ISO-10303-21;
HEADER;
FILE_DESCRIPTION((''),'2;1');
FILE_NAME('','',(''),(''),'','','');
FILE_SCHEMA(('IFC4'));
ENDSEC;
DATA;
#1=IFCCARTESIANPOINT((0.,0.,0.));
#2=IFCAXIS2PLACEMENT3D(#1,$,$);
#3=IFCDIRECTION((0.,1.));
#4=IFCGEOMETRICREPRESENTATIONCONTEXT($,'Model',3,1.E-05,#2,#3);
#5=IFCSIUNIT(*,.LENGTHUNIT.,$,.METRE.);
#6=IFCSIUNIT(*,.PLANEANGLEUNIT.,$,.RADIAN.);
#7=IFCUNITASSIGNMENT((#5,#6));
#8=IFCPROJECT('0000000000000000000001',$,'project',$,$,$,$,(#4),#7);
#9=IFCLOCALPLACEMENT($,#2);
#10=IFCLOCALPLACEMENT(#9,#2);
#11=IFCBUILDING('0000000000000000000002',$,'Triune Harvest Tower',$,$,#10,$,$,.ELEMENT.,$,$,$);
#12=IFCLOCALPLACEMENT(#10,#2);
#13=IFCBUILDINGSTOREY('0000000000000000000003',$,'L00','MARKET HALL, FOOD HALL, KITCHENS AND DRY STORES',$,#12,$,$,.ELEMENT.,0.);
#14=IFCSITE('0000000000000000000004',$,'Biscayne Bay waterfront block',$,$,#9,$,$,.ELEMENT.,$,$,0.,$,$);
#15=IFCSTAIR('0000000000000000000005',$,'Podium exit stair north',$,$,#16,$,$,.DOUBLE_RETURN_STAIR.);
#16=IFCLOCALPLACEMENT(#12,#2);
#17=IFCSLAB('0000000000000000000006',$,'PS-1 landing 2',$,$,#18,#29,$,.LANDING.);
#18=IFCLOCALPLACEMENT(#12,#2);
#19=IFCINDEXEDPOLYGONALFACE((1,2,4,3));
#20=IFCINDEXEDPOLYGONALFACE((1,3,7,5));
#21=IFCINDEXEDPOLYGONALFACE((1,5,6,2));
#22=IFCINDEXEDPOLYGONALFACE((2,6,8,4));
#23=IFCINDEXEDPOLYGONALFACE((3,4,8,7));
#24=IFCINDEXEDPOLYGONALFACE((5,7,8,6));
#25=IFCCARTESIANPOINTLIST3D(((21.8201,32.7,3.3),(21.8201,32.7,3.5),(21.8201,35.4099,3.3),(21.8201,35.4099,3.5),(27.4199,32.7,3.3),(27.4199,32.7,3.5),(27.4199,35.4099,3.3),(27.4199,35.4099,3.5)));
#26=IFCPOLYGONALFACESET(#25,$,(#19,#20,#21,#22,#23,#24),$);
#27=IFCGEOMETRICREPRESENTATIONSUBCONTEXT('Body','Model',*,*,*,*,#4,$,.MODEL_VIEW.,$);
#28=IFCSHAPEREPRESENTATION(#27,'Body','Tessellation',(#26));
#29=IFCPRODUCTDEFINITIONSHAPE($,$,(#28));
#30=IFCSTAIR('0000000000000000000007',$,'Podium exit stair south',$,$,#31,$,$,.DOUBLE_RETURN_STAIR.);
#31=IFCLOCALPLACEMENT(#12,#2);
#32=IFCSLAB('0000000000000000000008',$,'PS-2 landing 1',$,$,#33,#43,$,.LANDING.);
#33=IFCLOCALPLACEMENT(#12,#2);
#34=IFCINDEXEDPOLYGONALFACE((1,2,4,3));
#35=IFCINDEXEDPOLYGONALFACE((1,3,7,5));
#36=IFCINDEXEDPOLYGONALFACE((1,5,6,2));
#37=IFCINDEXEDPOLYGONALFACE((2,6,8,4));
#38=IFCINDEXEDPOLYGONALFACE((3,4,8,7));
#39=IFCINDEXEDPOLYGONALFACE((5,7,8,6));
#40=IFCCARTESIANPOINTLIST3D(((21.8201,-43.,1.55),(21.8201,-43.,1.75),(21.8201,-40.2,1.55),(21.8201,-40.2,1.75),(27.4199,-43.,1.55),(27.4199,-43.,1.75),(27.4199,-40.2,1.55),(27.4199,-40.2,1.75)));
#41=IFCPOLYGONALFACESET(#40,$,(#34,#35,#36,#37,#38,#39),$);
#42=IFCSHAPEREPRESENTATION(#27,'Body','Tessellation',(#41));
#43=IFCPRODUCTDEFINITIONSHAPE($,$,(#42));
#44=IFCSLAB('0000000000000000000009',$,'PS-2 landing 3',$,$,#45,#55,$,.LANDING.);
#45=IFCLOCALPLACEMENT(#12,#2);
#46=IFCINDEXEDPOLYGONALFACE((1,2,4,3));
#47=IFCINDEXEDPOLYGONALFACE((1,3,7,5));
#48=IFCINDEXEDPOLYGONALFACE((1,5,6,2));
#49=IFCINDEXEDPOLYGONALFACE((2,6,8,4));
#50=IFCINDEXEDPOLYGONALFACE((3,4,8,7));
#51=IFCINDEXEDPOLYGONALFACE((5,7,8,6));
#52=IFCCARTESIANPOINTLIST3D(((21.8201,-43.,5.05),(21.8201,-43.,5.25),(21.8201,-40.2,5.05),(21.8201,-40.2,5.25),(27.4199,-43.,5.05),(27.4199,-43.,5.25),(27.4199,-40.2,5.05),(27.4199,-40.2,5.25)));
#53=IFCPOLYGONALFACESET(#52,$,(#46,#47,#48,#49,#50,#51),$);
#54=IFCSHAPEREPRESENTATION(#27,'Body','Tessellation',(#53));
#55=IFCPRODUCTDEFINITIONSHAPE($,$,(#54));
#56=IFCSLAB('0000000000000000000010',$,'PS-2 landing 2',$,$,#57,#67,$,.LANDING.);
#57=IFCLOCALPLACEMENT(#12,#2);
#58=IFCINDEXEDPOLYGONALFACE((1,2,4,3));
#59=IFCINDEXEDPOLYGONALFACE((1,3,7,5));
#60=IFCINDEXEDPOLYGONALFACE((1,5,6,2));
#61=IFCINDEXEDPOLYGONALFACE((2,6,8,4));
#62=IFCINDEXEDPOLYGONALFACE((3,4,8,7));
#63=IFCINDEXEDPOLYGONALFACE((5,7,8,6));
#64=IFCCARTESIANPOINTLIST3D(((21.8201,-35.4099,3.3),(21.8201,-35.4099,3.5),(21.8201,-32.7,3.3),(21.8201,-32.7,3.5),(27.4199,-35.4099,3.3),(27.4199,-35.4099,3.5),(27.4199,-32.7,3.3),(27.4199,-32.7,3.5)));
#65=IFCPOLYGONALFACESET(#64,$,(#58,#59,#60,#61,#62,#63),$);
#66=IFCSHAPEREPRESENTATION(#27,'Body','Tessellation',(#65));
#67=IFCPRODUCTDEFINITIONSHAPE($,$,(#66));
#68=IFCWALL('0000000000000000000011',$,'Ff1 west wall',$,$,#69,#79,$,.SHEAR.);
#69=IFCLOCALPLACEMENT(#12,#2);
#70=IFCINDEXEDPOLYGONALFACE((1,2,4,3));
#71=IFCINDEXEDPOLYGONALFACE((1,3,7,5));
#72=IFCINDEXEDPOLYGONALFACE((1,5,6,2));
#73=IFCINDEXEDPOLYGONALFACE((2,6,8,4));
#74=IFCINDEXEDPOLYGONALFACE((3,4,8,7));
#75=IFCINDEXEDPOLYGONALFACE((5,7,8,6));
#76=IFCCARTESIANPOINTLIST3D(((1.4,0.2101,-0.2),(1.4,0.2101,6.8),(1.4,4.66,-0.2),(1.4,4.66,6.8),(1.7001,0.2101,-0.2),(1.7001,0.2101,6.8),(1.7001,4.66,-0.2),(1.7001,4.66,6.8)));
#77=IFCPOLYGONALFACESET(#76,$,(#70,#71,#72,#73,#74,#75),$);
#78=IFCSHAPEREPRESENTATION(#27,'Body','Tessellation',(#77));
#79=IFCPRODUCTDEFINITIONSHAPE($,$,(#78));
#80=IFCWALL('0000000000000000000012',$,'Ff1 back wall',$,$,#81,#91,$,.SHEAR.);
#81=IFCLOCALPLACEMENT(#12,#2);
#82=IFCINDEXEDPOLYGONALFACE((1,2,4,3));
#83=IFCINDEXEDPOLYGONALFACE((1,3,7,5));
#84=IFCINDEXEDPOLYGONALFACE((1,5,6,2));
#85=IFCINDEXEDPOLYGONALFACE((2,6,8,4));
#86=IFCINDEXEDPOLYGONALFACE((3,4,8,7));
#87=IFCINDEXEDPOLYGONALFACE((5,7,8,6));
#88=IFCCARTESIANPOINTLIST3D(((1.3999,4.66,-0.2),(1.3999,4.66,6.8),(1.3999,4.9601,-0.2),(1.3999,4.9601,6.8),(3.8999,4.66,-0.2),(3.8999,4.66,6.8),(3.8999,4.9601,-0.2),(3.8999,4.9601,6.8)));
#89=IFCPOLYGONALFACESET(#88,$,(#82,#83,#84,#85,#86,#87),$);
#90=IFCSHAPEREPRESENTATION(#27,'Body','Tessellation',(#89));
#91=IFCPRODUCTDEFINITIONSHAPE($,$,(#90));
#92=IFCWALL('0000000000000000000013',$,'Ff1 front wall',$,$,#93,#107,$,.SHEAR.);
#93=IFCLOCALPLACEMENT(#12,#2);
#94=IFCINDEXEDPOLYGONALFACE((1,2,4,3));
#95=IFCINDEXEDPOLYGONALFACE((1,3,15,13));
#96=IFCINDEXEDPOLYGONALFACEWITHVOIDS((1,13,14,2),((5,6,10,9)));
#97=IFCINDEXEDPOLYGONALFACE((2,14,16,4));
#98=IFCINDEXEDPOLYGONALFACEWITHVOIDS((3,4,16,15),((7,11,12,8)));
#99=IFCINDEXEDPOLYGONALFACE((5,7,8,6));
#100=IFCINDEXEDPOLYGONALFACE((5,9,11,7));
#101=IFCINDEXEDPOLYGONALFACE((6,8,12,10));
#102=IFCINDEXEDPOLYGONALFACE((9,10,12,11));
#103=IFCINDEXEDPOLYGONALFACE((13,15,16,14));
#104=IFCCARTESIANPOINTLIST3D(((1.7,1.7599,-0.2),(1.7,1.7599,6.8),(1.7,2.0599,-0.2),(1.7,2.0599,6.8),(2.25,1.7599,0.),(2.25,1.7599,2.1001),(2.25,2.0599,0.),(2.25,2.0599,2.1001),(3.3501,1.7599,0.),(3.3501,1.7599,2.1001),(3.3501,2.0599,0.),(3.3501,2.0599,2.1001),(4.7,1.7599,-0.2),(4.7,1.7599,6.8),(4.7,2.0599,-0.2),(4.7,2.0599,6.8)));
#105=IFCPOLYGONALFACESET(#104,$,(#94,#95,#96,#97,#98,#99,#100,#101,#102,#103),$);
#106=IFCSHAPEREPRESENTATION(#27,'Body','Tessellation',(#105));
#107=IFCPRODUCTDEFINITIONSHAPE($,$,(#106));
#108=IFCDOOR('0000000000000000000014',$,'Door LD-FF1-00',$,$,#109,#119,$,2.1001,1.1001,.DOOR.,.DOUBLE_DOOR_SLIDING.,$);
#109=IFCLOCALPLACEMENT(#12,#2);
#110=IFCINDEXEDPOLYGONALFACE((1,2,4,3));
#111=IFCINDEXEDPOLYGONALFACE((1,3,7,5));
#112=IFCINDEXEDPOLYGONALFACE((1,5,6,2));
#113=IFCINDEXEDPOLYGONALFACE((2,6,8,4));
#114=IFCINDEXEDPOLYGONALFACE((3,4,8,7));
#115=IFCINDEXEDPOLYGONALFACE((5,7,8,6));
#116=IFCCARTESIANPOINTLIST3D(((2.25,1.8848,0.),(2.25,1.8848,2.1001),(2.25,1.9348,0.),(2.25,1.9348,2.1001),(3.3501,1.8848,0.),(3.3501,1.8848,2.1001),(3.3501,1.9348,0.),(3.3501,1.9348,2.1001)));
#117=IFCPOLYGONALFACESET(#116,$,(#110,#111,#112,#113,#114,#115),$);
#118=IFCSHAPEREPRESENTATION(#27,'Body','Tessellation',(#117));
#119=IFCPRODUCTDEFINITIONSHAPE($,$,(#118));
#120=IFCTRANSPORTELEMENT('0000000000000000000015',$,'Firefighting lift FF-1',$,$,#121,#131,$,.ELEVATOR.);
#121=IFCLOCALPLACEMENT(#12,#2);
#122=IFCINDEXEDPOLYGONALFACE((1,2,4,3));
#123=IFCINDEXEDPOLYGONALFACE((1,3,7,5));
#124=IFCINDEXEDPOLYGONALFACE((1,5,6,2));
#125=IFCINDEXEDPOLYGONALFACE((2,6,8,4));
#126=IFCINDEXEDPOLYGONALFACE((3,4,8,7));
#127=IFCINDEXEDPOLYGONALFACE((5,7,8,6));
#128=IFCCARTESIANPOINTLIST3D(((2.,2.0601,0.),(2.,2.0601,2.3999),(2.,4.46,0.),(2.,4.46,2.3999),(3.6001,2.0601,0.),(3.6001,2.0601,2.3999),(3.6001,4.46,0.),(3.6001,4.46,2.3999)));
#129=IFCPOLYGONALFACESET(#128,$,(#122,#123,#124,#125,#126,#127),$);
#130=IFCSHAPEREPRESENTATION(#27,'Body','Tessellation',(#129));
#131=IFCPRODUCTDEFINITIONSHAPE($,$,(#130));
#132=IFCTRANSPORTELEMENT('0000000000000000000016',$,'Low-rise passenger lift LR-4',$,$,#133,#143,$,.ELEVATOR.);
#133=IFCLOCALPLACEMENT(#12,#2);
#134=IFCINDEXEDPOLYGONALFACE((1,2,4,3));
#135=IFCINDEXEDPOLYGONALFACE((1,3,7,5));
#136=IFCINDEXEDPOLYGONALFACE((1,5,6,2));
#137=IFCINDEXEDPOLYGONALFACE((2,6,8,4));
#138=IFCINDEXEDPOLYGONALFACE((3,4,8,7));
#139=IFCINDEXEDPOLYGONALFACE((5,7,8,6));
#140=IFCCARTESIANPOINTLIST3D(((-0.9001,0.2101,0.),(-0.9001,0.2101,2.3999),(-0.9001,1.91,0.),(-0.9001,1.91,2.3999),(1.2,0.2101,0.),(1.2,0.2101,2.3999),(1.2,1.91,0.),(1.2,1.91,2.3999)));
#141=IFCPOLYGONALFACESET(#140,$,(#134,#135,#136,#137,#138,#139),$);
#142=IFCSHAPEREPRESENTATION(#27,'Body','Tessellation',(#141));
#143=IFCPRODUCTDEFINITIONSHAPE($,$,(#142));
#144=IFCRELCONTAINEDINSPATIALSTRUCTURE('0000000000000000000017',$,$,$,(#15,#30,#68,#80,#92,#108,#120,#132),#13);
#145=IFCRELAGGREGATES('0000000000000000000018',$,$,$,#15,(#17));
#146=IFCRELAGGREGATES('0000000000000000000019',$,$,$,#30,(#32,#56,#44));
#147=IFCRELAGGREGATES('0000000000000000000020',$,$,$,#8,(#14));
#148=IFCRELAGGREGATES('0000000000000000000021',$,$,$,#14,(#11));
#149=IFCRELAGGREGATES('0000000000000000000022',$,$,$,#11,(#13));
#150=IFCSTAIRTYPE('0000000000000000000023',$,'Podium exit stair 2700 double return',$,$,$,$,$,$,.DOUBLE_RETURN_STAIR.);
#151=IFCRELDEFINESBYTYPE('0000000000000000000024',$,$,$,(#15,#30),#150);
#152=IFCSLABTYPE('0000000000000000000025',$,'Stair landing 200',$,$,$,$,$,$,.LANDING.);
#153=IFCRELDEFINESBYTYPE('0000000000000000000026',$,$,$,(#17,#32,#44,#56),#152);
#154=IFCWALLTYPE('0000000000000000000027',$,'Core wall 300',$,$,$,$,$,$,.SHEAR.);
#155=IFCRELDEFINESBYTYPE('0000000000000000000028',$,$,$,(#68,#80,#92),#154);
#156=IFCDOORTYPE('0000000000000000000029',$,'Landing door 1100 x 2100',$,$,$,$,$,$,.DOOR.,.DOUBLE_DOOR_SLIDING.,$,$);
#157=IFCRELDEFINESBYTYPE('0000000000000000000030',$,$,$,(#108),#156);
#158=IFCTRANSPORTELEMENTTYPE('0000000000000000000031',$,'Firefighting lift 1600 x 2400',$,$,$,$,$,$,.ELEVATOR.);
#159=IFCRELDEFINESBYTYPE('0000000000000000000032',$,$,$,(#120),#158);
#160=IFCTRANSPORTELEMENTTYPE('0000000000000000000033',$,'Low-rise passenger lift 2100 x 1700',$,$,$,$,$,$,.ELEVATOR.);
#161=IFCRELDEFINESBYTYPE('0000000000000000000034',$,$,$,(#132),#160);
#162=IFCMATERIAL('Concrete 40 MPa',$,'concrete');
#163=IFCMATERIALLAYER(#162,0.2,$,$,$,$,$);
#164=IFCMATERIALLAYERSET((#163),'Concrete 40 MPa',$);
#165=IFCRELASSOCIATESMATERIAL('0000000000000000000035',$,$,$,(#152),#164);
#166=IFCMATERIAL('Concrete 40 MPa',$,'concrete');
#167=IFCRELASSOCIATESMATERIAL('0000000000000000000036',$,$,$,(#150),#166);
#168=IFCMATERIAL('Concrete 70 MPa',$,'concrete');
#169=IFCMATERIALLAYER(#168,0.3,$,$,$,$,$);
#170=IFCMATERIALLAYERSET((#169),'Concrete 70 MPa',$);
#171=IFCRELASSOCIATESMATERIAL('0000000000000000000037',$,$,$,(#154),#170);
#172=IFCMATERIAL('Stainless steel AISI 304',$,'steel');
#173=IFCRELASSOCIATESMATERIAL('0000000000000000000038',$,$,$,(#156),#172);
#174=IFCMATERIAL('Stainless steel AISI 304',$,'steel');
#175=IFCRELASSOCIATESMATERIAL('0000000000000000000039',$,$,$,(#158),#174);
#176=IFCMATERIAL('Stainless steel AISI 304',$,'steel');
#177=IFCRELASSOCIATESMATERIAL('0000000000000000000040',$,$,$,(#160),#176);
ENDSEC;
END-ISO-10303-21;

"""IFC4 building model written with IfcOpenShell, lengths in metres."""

from ifc_helpers import new_model, si_unit, direction, frame, frame_2d, origin, origin_2d, place, context, subcontext, project, spatial, polyline, rectangle, outline, extrude, source, transform, mapped, material, layer, layer_set, type_object, element, fill, aggregate, save


model = new_model("IFC4")

# Units and contexts
model_context = context("Model", 3, precision=1e-05, world=origin(), true_north=direction((0.0, 1.0)))
body_context = subcontext(model_context, "Body", "Model", "MODEL_VIEW")
ifc_project = project(units=[si_unit("LENGTHUNIT", "METRE"), si_unit("PLANEANGLEUNIT", "RADIAN")], contexts=[model_context])

# Site, building, storey
site_placement = place(None, origin())
site = spatial("IfcSite", under=ifc_project, at=site_placement, Name="Biscayne Bay waterfront block", CompositionType="ELEMENT", RefElevation=0.0)
building_placement = place(site_placement, origin())
building = spatial("IfcBuilding", under=site, at=building_placement, Name="Triune Harvest Tower", CompositionType="ELEMENT")
storey_placement = place(building_placement, origin())
storey = spatial("IfcBuildingStorey", under=building, at=storey_placement, Name="L00", Description="MARKET HALL, FOOD HALL, KITCHENS AND DRY STORES", CompositionType="ELEMENT", Elevation=0.0)

# Stairs, slabs
ifc_material_1 = material(Name="Concrete 40 MPa", Category="concrete")
ifc_layer_1 = layer(ifc_material_1, 0.2)
ifc_layer_set_1 = layer_set([ifc_layer_1], Name="Concrete 40 MPa")
slab_type_1 = type_object("IfcSlabType", Name="Stair landing 200", PredefinedType="LANDING", material=ifc_layer_set_1)
ifc_material_2 = material(Name="Concrete 40 MPa", Category="concrete")
stair_type_1 = type_object("IfcStairType", Name="Podium exit stair 2700 double return", PredefinedType="DOUBLE_RETURN_STAIR", material=ifc_material_2)
stair_1_placement = place(storey_placement, origin())
stair_1 = element("IfcStair", 1, at=stair_1_placement, inside=storey, type_object=stair_type_1, Name="Podium exit stair north", PredefinedType="DOUBLE_RETURN_STAIR")
shared_shape_1 = source(origin(), body_context, "Body", "SweptSolid", [
    extrude(outline(polyline([(27.4199, 32.7), (27.4199, 35.4099), (21.8201, 35.4099), (21.8201, 32.7), (27.4199, 32.7)])), origin(), (0.0, 0.0, 1.0), 0.2),
])
slab_1_placement = place(storey_placement, frame((0.0, 0.0, 3.3)))
slab_1 = element("IfcSlab", 2, at=slab_1_placement, type_object=slab_type_1, Name="PS-1 landing 2", PredefinedType="LANDING", context=body_context, shape_type="MappedRepresentation", body=[
    mapped(shared_shape_1, transform((0.0, 0.0, 0.0), scale=1.0)),
])
aggregate(stair_1, [slab_1])
stair_2_placement = place(storey_placement, origin())
stair_2 = element("IfcStair", 3, at=stair_2_placement, inside=storey, type_object=stair_type_1, Name="Podium exit stair south", PredefinedType="DOUBLE_RETURN_STAIR")
shared_shape_2 = source(origin(), body_context, "Body", "SweptSolid", [
    extrude(outline(polyline([(21.8201, -40.2), (21.8201, -43.0), (27.4199, -43.0), (27.4199, -40.2), (21.8201, -40.2)])), origin(), (0.0, 0.0, 1.0), 0.2),
])
slab_2_placement = place(storey_placement, frame((0.0, 0.0, 1.55)))
slab_2 = element("IfcSlab", 4, at=slab_2_placement, type_object=slab_type_1, Name="PS-2 landing 1", PredefinedType="LANDING", context=body_context, shape_type="MappedRepresentation", body=[
    mapped(shared_shape_2, transform((0.0, 0.0, 0.0), scale=1.0)),
])
slab_3_placement = place(storey_placement, frame((0.0, 0.0, 5.05)))
slab_3 = element("IfcSlab", 5, at=slab_3_placement, type_object=slab_type_1, Name="PS-2 landing 3", PredefinedType="LANDING", context=body_context, shape_type="MappedRepresentation", body=[
    mapped(shared_shape_2, transform((0.0, 0.0, 0.0), scale=1.0)),
])
shared_shape_3 = source(origin(), body_context, "Body", "SweptSolid", [
    extrude(outline(polyline([(21.8201, -32.7), (21.8201, -35.4099), (27.4199, -35.4099), (27.4199, -32.7), (21.8201, -32.7)])), origin(), (0.0, 0.0, 1.0), 0.2),
])
slab_4_placement = place(storey_placement, frame((0.0, 0.0, 3.3)))
slab_4 = element("IfcSlab", 6, at=slab_4_placement, type_object=slab_type_1, Name="PS-2 landing 2", PredefinedType="LANDING", context=body_context, shape_type="MappedRepresentation", body=[
    mapped(shared_shape_3, transform((0.0, 0.0, 0.0), scale=1.0)),
])
aggregate(stair_2, [slab_2, slab_4, slab_3])

# Walls
ifc_material_3 = material(Name="Concrete 70 MPa", Category="concrete")
ifc_layer_2 = layer(ifc_material_3, 0.3)
ifc_layer_set_2 = layer_set([ifc_layer_2], Name="Concrete 70 MPa")
wall_type = type_object("IfcWallType", Name="Core wall 300", PredefinedType="SHEAR", material=ifc_layer_set_2)
wall_1_placement = place(storey_placement, frame((1.55, 0.21, -0.2), z_axis=(0.0, 0.0, 1.0), x_axis=(0.0, 1.0, 0.0)))
element("IfcWall", 7, at=wall_1_placement, inside=storey, type_object=wall_type, Name="Ff1 west wall", PredefinedType="SHEAR", context=body_context, shape_type="SweptSolid", body=[
    extrude(rectangle(XDim=4.45, YDim=0.3, at=frame_2d((2.2251, 0.0))), origin(), (0.0, 0.0, 1.0), 7.0),
])
shared_shape_4 = source(origin(), body_context, "Body", "SweptSolid", [
    extrude(rectangle(XDim=2.5, YDim=0.3, at=frame_2d((1.25, 0.0))), origin(), (0.0, 0.0, 1.0), 7.0),
])
wall_2_placement = place(storey_placement, frame((1.3999, 4.8101, -0.2), z_axis=(0.0, 0.0, 1.0), x_axis=(1.0, 0.0, 0.0)))
element("IfcWall", 8, at=wall_2_placement, inside=storey, type_object=wall_type, Name="Ff1 back wall", PredefinedType="SHEAR", context=body_context, shape_type="MappedRepresentation", body=[
    mapped(shared_shape_4, transform((0.0, 0.0, 0.0), scale=1.0)),
])

# Wall, opening, door
shared_shape_5 = source(origin(), body_context, "Body", "SweptSolid", [
    extrude(rectangle(XDim=3.0, YDim=0.3, at=frame_2d((1.5, 0.0))), origin(), (0.0, 0.0, 1.0), 7.0),
])
wall_3_placement = place(storey_placement, frame((1.7, 1.9099, -0.2), z_axis=(0.0, 0.0, 1.0), x_axis=(1.0, 0.0, 0.0)))
wall_3 = element("IfcWall", 9, at=wall_3_placement, inside=storey, type_object=wall_type, Name="Ff1 front wall", PredefinedType="SHEAR", context=body_context, shape_type="MappedRepresentation", body=[
    mapped(shared_shape_5, transform((0.0, 0.0, 0.0), scale=1.0)),
])
opening_placement = place(wall_3_placement, frame((0.55, 0.0, 0.2)))
opening = element("IfcOpeningElement", 10, at=opening_placement, cuts=wall_3, PredefinedType="OPENING", context=body_context, shape_type="SweptSolid", body=[
    extrude(rectangle(XDim=1.1001, YDim=2.1001, at=frame_2d((0.55, 1.05))), frame((0.0, 0.1602, 0.0), z_axis=(0.0, -1.0, 0.0), x_axis=(1.0, 0.0, 0.0)), (0.0, 0.0, 1.0), 0.3201),
])
ifc_material_4 = material(Name="Stainless steel AISI 304", Category="steel")
door_type = type_object("IfcDoorType", Name="Landing door 1100 x 2100", OperationType="DOUBLE_DOOR_SLIDING", PredefinedType="DOOR", material=ifc_material_4)
door_placement = place(opening_placement, origin())
door = element("IfcDoor", 11, at=door_placement, inside=storey, type_object=door_type, Name="Door LD-FF1-00", OperationType="DOUBLE_DOOR_SLIDING", OverallHeight=2.1001, OverallWidth=1.1001, PredefinedType="DOOR", context=body_context, shape_type="SweptSolid", body=[
    extrude(rectangle(XDim=1.1001, YDim=2.1001, at=frame_2d((0.55, 1.05))), frame((0.0, 0.0249, 0.0), z_axis=(0.0, -1.0, 0.0), x_axis=(1.0, 0.0, 0.0)), (0.0, 0.0, 1.0), 0.05),
])
fill(opening, door)

# Transport elements
ifc_material_5 = material(Name="Stainless steel AISI 304", Category="steel")
transport_element_type_1 = type_object("IfcTransportElementType", Name="Firefighting lift 1600 x 2400", PredefinedType="ELEVATOR", material=ifc_material_5)
transport_element_1_placement = place(storey_placement, frame((2.8, 3.26, 0.0), z_axis=(0.0, 0.0, 1.0), x_axis=(1.0, 0.0, 0.0)))
element("IfcTransportElement", 12, at=transport_element_1_placement, inside=storey, type_object=transport_element_type_1, Name="Firefighting lift FF-1", PredefinedType="ELEVATOR", context=body_context, shape_type="SweptSolid", body=[
    extrude(rectangle(XDim=1.6001, YDim=2.3999, at=origin_2d()), origin(), (0.0, 0.0, 1.0), 2.3999),
])
ifc_material_6 = material(Name="Stainless steel AISI 304", Category="steel")
transport_element_type_2 = type_object("IfcTransportElementType", Name="Low-rise passenger lift 2100 x 1700", PredefinedType="ELEVATOR", material=ifc_material_6)
shared_shape_6 = source(origin(), body_context, "Body", "SweptSolid", [
    extrude(rectangle(XDim=2.1001, YDim=1.7, at=origin_2d()), origin(), (0.0, 0.0, 1.0), 2.3999),
])
transport_element_2_placement = place(storey_placement, frame((0.1499, 1.0601, 0.0), z_axis=(0.0, 0.0, 1.0), x_axis=(1.0, 0.0, 0.0)))
element("IfcTransportElement", 13, at=transport_element_2_placement, inside=storey, type_object=transport_element_type_2, Name="Low-rise passenger lift LR-4", PredefinedType="ELEVATOR", context=body_context, shape_type="MappedRepresentation", body=[
    mapped(shared_shape_6, transform((0.0, 0.0, 0.0), scale=1.0)),
])

save(model, "model.ifc")
